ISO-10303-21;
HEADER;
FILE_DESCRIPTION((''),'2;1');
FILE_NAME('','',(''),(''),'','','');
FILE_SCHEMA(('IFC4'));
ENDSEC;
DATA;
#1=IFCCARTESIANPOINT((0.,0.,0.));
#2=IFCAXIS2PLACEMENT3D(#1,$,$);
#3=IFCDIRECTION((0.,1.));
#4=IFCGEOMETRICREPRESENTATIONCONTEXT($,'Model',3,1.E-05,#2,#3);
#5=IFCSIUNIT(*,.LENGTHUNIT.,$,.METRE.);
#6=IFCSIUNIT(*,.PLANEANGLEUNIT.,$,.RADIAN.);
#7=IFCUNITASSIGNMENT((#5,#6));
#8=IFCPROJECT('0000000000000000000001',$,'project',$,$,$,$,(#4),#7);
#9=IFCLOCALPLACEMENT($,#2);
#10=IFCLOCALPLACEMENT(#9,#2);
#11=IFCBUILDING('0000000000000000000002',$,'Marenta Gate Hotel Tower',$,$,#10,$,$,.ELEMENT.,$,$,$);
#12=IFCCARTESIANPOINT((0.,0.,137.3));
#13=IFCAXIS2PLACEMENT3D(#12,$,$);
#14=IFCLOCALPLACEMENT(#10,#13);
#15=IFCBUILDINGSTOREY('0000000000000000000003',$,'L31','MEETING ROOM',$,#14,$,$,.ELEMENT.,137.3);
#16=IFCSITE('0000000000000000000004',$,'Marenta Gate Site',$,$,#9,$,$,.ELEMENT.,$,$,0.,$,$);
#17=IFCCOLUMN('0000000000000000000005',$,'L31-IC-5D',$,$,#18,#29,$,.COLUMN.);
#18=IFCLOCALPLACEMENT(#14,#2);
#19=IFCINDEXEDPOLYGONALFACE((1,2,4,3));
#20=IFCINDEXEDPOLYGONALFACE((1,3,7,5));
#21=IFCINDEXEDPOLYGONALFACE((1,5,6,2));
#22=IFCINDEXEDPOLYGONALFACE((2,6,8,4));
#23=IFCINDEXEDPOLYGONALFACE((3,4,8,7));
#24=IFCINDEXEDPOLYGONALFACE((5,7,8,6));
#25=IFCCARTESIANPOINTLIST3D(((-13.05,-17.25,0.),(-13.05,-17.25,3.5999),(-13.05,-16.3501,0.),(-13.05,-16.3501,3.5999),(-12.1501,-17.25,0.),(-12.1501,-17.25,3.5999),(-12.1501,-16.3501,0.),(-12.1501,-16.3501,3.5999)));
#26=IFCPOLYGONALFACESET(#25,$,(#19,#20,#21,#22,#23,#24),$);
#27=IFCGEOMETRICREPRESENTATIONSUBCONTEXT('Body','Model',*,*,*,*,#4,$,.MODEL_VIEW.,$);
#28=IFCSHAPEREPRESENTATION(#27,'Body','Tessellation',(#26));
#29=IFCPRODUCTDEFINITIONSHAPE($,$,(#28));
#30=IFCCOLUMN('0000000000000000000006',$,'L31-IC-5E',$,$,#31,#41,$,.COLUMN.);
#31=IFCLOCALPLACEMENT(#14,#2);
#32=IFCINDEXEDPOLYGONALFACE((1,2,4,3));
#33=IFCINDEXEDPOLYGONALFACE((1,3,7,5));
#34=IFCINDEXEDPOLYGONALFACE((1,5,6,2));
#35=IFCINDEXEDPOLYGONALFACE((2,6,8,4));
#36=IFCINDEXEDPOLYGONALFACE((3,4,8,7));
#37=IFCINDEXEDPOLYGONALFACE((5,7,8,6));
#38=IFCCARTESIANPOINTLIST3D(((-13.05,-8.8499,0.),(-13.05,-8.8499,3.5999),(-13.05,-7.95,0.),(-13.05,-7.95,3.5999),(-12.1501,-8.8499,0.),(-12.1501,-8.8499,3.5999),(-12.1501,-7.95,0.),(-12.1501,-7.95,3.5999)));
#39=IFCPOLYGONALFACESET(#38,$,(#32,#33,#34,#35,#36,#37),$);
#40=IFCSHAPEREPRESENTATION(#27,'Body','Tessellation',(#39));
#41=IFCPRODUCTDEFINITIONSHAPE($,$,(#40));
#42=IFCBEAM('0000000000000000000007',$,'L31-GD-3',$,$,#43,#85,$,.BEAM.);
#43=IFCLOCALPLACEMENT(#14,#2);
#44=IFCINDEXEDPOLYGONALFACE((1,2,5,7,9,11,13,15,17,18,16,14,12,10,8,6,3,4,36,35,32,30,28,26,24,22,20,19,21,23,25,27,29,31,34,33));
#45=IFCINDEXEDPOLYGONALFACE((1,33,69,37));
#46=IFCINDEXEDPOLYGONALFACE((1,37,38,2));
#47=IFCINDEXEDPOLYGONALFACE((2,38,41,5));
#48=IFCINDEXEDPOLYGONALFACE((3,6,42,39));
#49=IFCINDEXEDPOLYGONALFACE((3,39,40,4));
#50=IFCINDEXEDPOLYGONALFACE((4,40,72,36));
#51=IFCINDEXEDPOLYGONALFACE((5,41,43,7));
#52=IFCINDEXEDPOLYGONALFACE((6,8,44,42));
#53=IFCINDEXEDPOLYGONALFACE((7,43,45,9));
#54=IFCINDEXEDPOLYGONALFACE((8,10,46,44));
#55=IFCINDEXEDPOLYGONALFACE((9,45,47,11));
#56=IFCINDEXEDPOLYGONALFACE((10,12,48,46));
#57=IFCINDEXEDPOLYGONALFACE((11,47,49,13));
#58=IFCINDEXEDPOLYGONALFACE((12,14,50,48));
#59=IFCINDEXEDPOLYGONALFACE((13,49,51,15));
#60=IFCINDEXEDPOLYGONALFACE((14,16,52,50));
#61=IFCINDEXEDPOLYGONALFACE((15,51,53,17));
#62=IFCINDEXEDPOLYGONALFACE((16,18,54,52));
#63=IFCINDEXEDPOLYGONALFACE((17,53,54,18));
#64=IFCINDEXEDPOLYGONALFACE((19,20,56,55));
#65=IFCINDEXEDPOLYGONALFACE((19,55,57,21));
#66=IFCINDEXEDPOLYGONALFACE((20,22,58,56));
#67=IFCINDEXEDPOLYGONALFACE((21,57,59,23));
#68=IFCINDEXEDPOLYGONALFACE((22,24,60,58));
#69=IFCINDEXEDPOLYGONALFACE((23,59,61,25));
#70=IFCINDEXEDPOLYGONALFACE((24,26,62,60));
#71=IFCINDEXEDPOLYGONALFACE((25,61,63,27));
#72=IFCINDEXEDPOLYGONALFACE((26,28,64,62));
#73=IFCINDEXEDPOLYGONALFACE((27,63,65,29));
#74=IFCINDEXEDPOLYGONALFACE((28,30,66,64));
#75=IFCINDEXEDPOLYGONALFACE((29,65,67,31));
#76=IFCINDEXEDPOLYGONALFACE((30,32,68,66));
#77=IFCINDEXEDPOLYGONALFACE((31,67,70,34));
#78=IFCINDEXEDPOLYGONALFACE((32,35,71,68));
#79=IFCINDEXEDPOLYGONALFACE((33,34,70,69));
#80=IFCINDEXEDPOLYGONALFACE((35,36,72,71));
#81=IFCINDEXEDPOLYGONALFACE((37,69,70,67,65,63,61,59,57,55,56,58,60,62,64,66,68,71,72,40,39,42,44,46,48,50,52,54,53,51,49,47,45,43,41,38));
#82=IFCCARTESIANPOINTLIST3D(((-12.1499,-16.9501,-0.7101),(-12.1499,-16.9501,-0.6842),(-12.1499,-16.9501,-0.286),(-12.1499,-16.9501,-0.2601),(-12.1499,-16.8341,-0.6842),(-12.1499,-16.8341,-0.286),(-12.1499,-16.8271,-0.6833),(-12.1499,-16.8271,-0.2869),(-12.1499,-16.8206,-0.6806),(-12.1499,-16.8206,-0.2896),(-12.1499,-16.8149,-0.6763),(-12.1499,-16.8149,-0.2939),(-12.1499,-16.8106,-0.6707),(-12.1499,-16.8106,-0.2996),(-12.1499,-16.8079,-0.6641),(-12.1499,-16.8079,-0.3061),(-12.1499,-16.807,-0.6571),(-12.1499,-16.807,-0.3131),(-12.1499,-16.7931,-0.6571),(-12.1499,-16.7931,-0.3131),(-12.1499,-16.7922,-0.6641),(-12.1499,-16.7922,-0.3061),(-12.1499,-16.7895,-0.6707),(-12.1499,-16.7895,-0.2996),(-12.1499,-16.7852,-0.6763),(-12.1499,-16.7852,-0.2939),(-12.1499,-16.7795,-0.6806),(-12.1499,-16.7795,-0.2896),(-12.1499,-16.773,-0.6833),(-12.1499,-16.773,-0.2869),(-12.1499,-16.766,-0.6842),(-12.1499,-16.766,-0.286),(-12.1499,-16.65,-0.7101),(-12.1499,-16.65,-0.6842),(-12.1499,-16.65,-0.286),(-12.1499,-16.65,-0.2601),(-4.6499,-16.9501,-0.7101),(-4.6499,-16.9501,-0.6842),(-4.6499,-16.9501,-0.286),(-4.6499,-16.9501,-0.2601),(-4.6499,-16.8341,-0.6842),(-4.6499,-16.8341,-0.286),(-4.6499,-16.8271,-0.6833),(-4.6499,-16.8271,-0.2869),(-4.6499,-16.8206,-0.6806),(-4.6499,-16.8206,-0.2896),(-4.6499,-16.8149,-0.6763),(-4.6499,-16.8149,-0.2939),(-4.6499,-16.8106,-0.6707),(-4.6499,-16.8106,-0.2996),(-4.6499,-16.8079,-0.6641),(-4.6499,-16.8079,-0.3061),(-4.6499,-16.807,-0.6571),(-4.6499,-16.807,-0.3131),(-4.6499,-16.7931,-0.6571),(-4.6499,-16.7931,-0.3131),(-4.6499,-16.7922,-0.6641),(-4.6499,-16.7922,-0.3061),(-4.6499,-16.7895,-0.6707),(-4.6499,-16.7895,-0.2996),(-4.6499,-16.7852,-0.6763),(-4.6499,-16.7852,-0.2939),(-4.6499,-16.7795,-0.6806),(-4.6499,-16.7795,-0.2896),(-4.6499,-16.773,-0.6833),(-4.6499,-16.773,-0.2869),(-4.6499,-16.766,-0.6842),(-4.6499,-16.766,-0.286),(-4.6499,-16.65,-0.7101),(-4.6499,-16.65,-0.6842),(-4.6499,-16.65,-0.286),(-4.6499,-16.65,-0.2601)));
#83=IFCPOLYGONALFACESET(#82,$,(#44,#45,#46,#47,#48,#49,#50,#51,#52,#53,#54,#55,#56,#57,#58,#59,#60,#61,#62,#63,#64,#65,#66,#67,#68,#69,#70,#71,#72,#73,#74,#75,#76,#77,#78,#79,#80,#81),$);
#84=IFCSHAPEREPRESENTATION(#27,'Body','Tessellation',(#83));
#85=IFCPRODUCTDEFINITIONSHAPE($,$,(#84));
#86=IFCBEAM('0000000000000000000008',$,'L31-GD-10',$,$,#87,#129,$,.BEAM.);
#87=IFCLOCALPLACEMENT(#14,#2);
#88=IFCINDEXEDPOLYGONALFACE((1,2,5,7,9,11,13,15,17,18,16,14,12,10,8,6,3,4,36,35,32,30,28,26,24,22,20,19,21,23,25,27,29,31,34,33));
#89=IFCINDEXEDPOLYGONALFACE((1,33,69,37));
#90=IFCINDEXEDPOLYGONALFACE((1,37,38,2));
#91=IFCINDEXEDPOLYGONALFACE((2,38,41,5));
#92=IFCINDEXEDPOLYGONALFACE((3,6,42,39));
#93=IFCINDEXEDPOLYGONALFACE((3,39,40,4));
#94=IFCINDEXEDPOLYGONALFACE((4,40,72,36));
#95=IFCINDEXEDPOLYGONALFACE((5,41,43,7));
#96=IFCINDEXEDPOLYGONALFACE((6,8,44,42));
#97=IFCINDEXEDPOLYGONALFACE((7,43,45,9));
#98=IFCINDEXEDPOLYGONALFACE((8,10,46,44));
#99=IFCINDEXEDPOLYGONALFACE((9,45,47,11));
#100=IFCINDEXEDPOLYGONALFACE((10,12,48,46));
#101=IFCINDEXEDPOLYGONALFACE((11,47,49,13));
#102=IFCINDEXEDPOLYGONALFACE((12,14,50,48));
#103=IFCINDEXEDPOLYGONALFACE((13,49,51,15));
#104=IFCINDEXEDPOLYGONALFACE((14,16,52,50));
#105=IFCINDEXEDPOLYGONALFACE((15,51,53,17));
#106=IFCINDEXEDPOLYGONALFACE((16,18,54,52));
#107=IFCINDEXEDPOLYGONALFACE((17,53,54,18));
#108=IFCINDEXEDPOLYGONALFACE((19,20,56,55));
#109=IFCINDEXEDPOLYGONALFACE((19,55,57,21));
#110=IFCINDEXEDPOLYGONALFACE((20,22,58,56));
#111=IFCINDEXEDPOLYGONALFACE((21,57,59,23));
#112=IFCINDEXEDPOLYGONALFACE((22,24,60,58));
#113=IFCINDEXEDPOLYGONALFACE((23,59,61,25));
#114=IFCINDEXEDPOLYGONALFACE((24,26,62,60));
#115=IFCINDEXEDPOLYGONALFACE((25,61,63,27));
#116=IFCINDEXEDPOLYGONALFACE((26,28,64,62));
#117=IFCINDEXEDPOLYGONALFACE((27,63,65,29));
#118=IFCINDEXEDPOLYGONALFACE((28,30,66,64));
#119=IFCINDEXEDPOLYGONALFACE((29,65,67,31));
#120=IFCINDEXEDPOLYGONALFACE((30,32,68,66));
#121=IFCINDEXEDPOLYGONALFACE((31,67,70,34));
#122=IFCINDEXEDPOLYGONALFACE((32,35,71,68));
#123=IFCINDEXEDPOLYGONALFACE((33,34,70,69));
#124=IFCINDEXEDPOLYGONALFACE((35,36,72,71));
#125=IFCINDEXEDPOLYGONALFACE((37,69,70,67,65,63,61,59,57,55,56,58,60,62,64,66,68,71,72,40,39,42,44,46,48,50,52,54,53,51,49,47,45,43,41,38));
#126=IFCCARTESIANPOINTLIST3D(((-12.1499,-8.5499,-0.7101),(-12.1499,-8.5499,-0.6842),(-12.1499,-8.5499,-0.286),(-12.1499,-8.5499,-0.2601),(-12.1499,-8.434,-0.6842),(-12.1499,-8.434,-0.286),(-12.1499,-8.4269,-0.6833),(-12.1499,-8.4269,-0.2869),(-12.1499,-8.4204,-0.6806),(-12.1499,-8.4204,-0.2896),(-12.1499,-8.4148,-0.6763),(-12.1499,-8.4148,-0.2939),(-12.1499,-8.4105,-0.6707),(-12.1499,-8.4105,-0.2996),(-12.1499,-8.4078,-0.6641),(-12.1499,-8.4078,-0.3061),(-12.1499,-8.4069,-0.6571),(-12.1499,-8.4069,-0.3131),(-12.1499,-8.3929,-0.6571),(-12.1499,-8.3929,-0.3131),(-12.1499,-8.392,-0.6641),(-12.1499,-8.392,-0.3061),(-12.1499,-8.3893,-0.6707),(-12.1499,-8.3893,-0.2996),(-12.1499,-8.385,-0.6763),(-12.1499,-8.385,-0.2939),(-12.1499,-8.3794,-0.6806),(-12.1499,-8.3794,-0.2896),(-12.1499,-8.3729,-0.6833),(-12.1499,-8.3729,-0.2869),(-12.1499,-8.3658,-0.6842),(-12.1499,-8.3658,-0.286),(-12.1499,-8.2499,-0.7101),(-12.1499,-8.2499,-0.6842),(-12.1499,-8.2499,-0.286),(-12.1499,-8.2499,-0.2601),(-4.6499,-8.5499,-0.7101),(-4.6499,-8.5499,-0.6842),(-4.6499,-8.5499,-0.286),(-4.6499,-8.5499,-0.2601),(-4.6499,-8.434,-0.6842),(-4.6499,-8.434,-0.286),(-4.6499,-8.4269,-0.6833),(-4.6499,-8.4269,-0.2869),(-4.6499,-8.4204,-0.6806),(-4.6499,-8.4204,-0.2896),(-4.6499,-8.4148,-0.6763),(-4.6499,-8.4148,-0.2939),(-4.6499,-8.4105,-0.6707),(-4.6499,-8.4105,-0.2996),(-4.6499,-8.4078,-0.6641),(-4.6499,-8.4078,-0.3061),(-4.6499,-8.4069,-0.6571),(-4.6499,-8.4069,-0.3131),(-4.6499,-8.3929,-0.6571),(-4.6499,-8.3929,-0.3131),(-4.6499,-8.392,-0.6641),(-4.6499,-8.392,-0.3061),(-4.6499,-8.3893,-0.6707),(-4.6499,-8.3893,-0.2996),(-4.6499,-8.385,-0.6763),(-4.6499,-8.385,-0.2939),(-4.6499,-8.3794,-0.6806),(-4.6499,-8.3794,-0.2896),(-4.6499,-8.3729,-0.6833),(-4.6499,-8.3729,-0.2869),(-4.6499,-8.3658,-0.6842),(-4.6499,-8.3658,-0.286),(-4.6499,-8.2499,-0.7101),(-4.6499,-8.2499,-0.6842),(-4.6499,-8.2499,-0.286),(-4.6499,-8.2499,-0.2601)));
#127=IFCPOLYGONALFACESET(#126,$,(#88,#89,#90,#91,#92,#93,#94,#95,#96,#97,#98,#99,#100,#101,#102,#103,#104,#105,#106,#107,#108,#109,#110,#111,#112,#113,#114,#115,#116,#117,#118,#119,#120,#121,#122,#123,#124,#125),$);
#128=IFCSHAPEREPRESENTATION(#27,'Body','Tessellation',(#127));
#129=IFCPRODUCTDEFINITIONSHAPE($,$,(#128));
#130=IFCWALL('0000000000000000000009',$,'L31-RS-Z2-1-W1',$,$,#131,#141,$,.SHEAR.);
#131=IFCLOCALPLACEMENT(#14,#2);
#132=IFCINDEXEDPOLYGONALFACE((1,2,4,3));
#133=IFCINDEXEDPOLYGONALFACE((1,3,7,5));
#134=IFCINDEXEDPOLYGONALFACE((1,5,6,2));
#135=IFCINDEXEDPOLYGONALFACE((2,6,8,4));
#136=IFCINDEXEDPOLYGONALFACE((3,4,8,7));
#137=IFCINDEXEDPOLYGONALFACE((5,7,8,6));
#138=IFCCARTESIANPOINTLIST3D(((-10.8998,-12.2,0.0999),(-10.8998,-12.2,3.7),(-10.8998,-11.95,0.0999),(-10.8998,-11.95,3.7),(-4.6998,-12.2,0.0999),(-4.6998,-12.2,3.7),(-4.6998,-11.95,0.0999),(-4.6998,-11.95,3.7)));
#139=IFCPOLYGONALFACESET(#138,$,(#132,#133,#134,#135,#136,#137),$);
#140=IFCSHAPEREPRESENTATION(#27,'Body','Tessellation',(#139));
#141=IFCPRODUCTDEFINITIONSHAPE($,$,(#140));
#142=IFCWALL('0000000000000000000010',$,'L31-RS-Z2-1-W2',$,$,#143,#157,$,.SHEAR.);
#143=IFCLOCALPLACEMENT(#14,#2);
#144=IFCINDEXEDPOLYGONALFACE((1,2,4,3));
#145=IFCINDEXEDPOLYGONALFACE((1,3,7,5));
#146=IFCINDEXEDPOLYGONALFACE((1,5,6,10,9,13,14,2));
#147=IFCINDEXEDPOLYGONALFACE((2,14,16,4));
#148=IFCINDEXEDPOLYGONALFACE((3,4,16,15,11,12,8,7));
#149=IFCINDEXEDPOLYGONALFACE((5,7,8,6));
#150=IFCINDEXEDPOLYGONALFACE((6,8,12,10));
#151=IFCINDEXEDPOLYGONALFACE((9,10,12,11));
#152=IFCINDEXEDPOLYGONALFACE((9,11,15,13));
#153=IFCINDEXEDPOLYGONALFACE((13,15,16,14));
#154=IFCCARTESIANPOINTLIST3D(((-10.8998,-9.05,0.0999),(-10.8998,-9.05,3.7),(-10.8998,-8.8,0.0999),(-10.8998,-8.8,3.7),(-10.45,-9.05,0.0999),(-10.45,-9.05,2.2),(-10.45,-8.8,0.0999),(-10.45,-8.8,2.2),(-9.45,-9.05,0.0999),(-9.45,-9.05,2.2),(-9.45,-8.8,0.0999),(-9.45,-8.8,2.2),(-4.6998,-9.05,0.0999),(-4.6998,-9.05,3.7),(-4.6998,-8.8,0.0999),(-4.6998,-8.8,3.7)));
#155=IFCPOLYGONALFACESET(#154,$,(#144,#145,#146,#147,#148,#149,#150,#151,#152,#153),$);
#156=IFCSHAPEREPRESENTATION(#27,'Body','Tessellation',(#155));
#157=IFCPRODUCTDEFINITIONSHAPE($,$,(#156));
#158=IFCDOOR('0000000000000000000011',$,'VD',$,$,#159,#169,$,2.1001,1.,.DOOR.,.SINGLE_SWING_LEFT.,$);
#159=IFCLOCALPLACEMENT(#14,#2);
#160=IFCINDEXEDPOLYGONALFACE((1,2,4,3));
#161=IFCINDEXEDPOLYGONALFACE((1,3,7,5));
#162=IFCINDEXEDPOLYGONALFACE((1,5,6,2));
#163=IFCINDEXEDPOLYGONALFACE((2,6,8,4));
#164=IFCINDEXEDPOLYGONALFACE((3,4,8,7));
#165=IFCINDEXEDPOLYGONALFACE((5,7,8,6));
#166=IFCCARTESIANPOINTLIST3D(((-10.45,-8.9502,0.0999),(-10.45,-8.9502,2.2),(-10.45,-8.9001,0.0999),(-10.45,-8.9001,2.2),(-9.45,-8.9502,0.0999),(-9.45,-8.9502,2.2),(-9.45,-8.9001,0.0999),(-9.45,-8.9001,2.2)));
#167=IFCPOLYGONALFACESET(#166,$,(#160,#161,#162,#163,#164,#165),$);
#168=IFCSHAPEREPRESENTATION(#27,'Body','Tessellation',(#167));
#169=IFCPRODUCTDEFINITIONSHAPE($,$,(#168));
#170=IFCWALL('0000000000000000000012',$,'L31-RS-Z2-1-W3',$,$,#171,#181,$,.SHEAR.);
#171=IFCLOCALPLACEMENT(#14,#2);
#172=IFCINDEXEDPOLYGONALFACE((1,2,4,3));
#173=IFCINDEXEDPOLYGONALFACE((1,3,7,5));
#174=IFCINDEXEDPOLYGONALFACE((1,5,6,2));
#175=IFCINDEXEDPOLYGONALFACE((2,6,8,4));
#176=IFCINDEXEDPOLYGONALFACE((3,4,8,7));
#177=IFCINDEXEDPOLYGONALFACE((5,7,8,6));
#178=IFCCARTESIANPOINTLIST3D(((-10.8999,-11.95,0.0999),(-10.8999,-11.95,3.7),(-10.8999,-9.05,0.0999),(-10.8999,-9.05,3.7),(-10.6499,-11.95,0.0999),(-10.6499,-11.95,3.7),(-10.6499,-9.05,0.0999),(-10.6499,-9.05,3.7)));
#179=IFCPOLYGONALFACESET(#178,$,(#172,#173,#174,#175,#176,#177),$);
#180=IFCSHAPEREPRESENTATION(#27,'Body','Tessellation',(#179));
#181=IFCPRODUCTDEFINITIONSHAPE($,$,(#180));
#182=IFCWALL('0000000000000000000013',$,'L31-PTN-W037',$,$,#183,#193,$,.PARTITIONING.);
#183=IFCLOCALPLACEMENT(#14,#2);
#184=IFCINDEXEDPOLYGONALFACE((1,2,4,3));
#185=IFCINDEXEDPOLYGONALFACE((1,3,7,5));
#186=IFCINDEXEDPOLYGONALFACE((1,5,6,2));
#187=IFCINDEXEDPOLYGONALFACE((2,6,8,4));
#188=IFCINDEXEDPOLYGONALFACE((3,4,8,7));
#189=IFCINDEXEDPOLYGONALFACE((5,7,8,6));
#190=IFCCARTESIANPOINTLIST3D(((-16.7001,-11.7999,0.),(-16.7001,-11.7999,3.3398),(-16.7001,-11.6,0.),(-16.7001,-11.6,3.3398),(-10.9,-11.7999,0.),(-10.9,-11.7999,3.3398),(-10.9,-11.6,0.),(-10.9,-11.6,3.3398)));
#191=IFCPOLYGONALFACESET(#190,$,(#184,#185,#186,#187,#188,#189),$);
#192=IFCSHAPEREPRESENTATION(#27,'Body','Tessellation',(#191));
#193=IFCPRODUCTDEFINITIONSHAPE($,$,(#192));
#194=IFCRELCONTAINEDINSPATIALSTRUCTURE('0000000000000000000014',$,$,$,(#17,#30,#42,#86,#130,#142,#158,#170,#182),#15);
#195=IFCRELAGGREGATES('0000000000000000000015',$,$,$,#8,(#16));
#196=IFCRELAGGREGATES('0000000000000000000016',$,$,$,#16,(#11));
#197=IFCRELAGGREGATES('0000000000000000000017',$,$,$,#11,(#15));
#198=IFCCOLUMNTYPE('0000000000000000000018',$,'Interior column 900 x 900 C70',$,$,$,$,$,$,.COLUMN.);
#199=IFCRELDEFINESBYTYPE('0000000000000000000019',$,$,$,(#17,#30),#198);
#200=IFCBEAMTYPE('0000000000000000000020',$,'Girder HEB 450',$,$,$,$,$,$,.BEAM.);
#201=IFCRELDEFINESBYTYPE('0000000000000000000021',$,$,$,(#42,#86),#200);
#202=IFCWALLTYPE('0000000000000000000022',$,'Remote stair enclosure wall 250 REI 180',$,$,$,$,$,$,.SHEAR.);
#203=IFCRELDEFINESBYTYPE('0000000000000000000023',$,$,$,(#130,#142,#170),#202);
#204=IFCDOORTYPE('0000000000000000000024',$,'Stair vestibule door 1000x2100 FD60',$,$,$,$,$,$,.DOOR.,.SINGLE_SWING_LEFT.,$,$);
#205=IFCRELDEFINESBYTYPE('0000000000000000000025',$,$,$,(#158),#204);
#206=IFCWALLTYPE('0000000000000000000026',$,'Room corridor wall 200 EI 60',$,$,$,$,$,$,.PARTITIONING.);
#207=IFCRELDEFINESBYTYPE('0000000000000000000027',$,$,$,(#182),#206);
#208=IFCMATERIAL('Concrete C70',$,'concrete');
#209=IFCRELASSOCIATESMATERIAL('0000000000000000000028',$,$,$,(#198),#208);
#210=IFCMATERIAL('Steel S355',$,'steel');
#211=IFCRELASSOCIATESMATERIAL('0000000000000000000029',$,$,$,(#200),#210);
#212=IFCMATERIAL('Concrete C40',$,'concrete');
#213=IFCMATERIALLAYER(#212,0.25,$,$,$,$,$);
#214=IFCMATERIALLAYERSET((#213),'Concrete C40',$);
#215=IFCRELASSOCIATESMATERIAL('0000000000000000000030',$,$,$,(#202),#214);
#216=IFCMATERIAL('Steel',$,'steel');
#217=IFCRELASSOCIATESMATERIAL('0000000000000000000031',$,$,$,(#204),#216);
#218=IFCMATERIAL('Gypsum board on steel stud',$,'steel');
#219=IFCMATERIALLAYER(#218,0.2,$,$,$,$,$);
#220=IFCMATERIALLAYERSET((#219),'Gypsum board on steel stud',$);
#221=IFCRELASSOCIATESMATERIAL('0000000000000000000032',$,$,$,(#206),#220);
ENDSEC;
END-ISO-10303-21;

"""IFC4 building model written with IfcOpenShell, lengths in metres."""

from ifc_helpers import new_model, si_unit, direction, frame, frame_2d, origin, origin_2d, place, context, subcontext, project, spatial, rectangle, i_section, extrude, material, layer, layer_set, material_profile, profile_set, type_object, element, fill, save


model = new_model("IFC4")

# Units and contexts
model_context = context("Model", 3, precision=1e-05, world=origin(), true_north=direction((0.0, 1.0)))
body_context = subcontext(model_context, "Body", "Model", "MODEL_VIEW")
ifc_project = project(units=[si_unit("LENGTHUNIT", "METRE"), si_unit("PLANEANGLEUNIT", "RADIAN")], contexts=[model_context])

# Site, building, storey
site_placement = place(None, origin())
site = spatial("IfcSite", under=ifc_project, at=site_placement, Name="Marenta Gate Site", CompositionType="ELEMENT", RefElevation=0.0)
building_placement = place(site_placement, origin())
building = spatial("IfcBuilding", under=site, at=building_placement, Name="Marenta Gate Hotel Tower", CompositionType="ELEMENT")
storey_placement = place(building_placement, frame((0.0, 0.0, 137.3)))
storey = spatial("IfcBuildingStorey", under=building, at=storey_placement, Name="L31", Description="MEETING ROOM", CompositionType="ELEMENT", Elevation=137.3)

# Columns
ifc_material_1 = material(Name="Concrete C70", Category="concrete")
ifc_material_profile_1 = material_profile(ifc_material_1, rectangle(XDim=0.8999, YDim=0.8999, at=origin_2d()), Name="900 x 900")
ifc_profile_set_1 = profile_set([ifc_material_profile_1], Name="Concrete C70")
column_type = type_object("IfcColumnType", Name="Interior column 900 x 900 C70", PredefinedType="COLUMN", material=ifc_profile_set_1)
for number, where, z_axis, x_axis, name in (
    (1, (-12.6001, -16.8, 0.0), (0.0, 0.0, 1.0), (1.0, 0.0, 0.0), "L31-IC-5D"),
    (2, (-12.6001, -8.3999, 0.0), (0.0, 0.0, 1.0), (1.0, 0.0, 0.0), "L31-IC-5E"),
):
    element("IfcColumn", number, at=place(storey_placement, frame(where, z_axis=z_axis, x_axis=x_axis)), inside=storey, type_object=column_type, Name=name, PredefinedType="COLUMN", context=body_context, shape_type="SweptSolid", body=[
        extrude(rectangle(XDim=0.8999, YDim=0.8999, at=origin_2d()), origin(), (0.0, 0.0, 1.0), 3.5999),
    ])

# Beams
ifc_material_2 = material(Name="Steel S355", Category="steel")
ifc_material_profile_2 = material_profile(ifc_material_2, i_section(OverallWidth=0.3, OverallDepth=0.45, WebThickness=0.0139, FlangeThickness=0.0259, FilletRadius=0.0271, at=origin_2d()), Name="HEB 450")
ifc_profile_set_2 = profile_set([ifc_material_profile_2], Name="Steel S355")
beam_type = type_object("IfcBeamType", Name="Girder HEB 450", PredefinedType="BEAM", material=ifc_profile_set_2)
for number, where, z_axis, x_axis, name in (
    (3, (-12.1499, -16.8, -0.4851), (1.0, 0.0, 0.0), (0.0, 1.0, 0.0), "L31-GD-3"),
    (4, (-12.1499, -8.3999, -0.4851), (1.0, 0.0, 0.0), (0.0, 1.0, 0.0), "L31-GD-10"),
):
    element("IfcBeam", number, at=place(storey_placement, frame(where, z_axis=z_axis, x_axis=x_axis)), inside=storey, type_object=beam_type, Name=name, PredefinedType="BEAM", context=body_context, shape_type="SweptSolid", body=[
        extrude(i_section(OverallWidth=0.3, OverallDepth=0.45, WebThickness=0.0139, FlangeThickness=0.0259, FilletRadius=0.0271, at=origin_2d()), origin(), (0.0, 0.0, 1.0), 7.5),
    ])

# Wall
ifc_material_3 = material(Name="Concrete C40", Category="concrete")
ifc_layer_1 = layer(ifc_material_3, 0.25)
ifc_layer_set_1 = layer_set([ifc_layer_1], Name="Concrete C40")
wall_type_1 = type_object("IfcWallType", Name="Remote stair enclosure wall 250 REI 180", PredefinedType="SHEAR", material=ifc_layer_set_1)
wall_1_placement = place(storey_placement, frame((-10.8999, -12.075, 0.0999), z_axis=(0.0, 0.0, 1.0), x_axis=(1.0, 0.0, 0.0)))
element("IfcWall", 5, at=wall_1_placement, inside=storey, type_object=wall_type_1, Name="L31-RS-Z2-1-W1", PredefinedType="SHEAR", context=body_context, shape_type="SweptSolid", body=[
    extrude(rectangle(XDim=6.2, YDim=0.25, at=frame_2d((3.1001, 0.0))), origin(), (0.0, 0.0, 1.0), 3.6001),
])

# Wall, opening, door
wall_2_placement = place(storey_placement, frame((-10.8999, -8.925, 0.0999), z_axis=(0.0, 0.0, 1.0), x_axis=(1.0, 0.0, 0.0)))
wall_2 = element("IfcWall", 6, at=wall_2_placement, inside=storey, type_object=wall_type_1, Name="L31-RS-Z2-1-W2", PredefinedType="SHEAR", context=body_context, shape_type="SweptSolid", body=[
    extrude(rectangle(XDim=6.2, YDim=0.25, at=frame_2d((3.1001, 0.0))), origin(), (0.0, 0.0, 1.0), 3.6001),
])
opening_1_placement = place(wall_2_placement, frame((0.45, 0.0, 0.0)))
opening_1 = element("IfcOpeningElement", 7, at=opening_1_placement, cuts=wall_2, PredefinedType="OPENING", context=body_context, shape_type="SweptSolid", body=[
    extrude(rectangle(XDim=1.0, YDim=2.1001, at=frame_2d((0.5, 1.05))), frame((0.0, 0.125, 0.0), z_axis=(0.0, -1.0, 0.0), x_axis=(1.0, 0.0, 0.0)), (0.0, 0.0, 1.0), 0.25),
])
ifc_material_4 = material(Name="Steel", Category="steel")
door_type_1 = type_object("IfcDoorType", Name="Stair vestibule door 1000x2100 FD60", OperationType="SINGLE_SWING_LEFT", PredefinedType="DOOR", material=ifc_material_4)
door_1_placement = place(opening_1_placement, origin())
door_1 = element("IfcDoor", 8, at=door_1_placement, inside=storey, type_object=door_type_1, Name="VD", OperationType="SINGLE_SWING_LEFT", OverallHeight=2.1001, OverallWidth=1.0, PredefinedType="DOOR", context=body_context, shape_type="SweptSolid", body=[
    extrude(rectangle(XDim=1.0, YDim=2.1001, at=frame_2d((0.5, 1.05))), frame((0.0, 0.0249, 0.0), z_axis=(0.0, -1.0, 0.0), x_axis=(1.0, 0.0, 0.0)), (0.0, 0.0, 1.0), 0.05),
])
fill(opening_1, door_1)

# Wall
wall_3_placement = place(storey_placement, frame((-10.7749, -11.95, 0.0999), z_axis=(0.0, 0.0, 1.0), x_axis=(0.0, 1.0, 0.0)))
element("IfcWall", 9, at=wall_3_placement, inside=storey, type_object=wall_type_1, Name="L31-RS-Z2-1-W3", PredefinedType="SHEAR", context=body_context, shape_type="SweptSolid", body=[
    extrude(rectangle(XDim=2.8999, YDim=0.25, at=frame_2d((1.45, 0.0))), origin(), (0.0, 0.0, 1.0), 3.6001),
])

# Shared definitions
ifc_material_5 = material(Name="Gypsum board on steel stud", Category="steel")
ifc_layer_2 = layer(ifc_material_5, 0.2)
ifc_layer_set_2 = layer_set([ifc_layer_2], Name="Gypsum board on steel stud")
wall_type_2 = type_object("IfcWallType", Name="Room corridor wall 200 EI 60", PredefinedType="PARTITIONING", material=ifc_layer_set_2)

# Wall
wall_4_placement = place(storey_placement, frame((-16.7, -11.7, 0.0), z_axis=(0.0, 0.0, 1.0), x_axis=(1.0, 0.0, 0.0)))
element("IfcWall", 10, at=wall_4_placement, inside=storey, type_object=wall_type_2, Name="L31-PTN-W037", PredefinedType="PARTITIONING", context=body_context, shape_type="SweptSolid", body=[
    extrude(rectangle(XDim=5.8, YDim=0.2, at=frame_2d((2.8999, 0.0))), origin(), (0.0, 0.0, 1.0), 3.3398),
])

save(model, "model.ifc")
